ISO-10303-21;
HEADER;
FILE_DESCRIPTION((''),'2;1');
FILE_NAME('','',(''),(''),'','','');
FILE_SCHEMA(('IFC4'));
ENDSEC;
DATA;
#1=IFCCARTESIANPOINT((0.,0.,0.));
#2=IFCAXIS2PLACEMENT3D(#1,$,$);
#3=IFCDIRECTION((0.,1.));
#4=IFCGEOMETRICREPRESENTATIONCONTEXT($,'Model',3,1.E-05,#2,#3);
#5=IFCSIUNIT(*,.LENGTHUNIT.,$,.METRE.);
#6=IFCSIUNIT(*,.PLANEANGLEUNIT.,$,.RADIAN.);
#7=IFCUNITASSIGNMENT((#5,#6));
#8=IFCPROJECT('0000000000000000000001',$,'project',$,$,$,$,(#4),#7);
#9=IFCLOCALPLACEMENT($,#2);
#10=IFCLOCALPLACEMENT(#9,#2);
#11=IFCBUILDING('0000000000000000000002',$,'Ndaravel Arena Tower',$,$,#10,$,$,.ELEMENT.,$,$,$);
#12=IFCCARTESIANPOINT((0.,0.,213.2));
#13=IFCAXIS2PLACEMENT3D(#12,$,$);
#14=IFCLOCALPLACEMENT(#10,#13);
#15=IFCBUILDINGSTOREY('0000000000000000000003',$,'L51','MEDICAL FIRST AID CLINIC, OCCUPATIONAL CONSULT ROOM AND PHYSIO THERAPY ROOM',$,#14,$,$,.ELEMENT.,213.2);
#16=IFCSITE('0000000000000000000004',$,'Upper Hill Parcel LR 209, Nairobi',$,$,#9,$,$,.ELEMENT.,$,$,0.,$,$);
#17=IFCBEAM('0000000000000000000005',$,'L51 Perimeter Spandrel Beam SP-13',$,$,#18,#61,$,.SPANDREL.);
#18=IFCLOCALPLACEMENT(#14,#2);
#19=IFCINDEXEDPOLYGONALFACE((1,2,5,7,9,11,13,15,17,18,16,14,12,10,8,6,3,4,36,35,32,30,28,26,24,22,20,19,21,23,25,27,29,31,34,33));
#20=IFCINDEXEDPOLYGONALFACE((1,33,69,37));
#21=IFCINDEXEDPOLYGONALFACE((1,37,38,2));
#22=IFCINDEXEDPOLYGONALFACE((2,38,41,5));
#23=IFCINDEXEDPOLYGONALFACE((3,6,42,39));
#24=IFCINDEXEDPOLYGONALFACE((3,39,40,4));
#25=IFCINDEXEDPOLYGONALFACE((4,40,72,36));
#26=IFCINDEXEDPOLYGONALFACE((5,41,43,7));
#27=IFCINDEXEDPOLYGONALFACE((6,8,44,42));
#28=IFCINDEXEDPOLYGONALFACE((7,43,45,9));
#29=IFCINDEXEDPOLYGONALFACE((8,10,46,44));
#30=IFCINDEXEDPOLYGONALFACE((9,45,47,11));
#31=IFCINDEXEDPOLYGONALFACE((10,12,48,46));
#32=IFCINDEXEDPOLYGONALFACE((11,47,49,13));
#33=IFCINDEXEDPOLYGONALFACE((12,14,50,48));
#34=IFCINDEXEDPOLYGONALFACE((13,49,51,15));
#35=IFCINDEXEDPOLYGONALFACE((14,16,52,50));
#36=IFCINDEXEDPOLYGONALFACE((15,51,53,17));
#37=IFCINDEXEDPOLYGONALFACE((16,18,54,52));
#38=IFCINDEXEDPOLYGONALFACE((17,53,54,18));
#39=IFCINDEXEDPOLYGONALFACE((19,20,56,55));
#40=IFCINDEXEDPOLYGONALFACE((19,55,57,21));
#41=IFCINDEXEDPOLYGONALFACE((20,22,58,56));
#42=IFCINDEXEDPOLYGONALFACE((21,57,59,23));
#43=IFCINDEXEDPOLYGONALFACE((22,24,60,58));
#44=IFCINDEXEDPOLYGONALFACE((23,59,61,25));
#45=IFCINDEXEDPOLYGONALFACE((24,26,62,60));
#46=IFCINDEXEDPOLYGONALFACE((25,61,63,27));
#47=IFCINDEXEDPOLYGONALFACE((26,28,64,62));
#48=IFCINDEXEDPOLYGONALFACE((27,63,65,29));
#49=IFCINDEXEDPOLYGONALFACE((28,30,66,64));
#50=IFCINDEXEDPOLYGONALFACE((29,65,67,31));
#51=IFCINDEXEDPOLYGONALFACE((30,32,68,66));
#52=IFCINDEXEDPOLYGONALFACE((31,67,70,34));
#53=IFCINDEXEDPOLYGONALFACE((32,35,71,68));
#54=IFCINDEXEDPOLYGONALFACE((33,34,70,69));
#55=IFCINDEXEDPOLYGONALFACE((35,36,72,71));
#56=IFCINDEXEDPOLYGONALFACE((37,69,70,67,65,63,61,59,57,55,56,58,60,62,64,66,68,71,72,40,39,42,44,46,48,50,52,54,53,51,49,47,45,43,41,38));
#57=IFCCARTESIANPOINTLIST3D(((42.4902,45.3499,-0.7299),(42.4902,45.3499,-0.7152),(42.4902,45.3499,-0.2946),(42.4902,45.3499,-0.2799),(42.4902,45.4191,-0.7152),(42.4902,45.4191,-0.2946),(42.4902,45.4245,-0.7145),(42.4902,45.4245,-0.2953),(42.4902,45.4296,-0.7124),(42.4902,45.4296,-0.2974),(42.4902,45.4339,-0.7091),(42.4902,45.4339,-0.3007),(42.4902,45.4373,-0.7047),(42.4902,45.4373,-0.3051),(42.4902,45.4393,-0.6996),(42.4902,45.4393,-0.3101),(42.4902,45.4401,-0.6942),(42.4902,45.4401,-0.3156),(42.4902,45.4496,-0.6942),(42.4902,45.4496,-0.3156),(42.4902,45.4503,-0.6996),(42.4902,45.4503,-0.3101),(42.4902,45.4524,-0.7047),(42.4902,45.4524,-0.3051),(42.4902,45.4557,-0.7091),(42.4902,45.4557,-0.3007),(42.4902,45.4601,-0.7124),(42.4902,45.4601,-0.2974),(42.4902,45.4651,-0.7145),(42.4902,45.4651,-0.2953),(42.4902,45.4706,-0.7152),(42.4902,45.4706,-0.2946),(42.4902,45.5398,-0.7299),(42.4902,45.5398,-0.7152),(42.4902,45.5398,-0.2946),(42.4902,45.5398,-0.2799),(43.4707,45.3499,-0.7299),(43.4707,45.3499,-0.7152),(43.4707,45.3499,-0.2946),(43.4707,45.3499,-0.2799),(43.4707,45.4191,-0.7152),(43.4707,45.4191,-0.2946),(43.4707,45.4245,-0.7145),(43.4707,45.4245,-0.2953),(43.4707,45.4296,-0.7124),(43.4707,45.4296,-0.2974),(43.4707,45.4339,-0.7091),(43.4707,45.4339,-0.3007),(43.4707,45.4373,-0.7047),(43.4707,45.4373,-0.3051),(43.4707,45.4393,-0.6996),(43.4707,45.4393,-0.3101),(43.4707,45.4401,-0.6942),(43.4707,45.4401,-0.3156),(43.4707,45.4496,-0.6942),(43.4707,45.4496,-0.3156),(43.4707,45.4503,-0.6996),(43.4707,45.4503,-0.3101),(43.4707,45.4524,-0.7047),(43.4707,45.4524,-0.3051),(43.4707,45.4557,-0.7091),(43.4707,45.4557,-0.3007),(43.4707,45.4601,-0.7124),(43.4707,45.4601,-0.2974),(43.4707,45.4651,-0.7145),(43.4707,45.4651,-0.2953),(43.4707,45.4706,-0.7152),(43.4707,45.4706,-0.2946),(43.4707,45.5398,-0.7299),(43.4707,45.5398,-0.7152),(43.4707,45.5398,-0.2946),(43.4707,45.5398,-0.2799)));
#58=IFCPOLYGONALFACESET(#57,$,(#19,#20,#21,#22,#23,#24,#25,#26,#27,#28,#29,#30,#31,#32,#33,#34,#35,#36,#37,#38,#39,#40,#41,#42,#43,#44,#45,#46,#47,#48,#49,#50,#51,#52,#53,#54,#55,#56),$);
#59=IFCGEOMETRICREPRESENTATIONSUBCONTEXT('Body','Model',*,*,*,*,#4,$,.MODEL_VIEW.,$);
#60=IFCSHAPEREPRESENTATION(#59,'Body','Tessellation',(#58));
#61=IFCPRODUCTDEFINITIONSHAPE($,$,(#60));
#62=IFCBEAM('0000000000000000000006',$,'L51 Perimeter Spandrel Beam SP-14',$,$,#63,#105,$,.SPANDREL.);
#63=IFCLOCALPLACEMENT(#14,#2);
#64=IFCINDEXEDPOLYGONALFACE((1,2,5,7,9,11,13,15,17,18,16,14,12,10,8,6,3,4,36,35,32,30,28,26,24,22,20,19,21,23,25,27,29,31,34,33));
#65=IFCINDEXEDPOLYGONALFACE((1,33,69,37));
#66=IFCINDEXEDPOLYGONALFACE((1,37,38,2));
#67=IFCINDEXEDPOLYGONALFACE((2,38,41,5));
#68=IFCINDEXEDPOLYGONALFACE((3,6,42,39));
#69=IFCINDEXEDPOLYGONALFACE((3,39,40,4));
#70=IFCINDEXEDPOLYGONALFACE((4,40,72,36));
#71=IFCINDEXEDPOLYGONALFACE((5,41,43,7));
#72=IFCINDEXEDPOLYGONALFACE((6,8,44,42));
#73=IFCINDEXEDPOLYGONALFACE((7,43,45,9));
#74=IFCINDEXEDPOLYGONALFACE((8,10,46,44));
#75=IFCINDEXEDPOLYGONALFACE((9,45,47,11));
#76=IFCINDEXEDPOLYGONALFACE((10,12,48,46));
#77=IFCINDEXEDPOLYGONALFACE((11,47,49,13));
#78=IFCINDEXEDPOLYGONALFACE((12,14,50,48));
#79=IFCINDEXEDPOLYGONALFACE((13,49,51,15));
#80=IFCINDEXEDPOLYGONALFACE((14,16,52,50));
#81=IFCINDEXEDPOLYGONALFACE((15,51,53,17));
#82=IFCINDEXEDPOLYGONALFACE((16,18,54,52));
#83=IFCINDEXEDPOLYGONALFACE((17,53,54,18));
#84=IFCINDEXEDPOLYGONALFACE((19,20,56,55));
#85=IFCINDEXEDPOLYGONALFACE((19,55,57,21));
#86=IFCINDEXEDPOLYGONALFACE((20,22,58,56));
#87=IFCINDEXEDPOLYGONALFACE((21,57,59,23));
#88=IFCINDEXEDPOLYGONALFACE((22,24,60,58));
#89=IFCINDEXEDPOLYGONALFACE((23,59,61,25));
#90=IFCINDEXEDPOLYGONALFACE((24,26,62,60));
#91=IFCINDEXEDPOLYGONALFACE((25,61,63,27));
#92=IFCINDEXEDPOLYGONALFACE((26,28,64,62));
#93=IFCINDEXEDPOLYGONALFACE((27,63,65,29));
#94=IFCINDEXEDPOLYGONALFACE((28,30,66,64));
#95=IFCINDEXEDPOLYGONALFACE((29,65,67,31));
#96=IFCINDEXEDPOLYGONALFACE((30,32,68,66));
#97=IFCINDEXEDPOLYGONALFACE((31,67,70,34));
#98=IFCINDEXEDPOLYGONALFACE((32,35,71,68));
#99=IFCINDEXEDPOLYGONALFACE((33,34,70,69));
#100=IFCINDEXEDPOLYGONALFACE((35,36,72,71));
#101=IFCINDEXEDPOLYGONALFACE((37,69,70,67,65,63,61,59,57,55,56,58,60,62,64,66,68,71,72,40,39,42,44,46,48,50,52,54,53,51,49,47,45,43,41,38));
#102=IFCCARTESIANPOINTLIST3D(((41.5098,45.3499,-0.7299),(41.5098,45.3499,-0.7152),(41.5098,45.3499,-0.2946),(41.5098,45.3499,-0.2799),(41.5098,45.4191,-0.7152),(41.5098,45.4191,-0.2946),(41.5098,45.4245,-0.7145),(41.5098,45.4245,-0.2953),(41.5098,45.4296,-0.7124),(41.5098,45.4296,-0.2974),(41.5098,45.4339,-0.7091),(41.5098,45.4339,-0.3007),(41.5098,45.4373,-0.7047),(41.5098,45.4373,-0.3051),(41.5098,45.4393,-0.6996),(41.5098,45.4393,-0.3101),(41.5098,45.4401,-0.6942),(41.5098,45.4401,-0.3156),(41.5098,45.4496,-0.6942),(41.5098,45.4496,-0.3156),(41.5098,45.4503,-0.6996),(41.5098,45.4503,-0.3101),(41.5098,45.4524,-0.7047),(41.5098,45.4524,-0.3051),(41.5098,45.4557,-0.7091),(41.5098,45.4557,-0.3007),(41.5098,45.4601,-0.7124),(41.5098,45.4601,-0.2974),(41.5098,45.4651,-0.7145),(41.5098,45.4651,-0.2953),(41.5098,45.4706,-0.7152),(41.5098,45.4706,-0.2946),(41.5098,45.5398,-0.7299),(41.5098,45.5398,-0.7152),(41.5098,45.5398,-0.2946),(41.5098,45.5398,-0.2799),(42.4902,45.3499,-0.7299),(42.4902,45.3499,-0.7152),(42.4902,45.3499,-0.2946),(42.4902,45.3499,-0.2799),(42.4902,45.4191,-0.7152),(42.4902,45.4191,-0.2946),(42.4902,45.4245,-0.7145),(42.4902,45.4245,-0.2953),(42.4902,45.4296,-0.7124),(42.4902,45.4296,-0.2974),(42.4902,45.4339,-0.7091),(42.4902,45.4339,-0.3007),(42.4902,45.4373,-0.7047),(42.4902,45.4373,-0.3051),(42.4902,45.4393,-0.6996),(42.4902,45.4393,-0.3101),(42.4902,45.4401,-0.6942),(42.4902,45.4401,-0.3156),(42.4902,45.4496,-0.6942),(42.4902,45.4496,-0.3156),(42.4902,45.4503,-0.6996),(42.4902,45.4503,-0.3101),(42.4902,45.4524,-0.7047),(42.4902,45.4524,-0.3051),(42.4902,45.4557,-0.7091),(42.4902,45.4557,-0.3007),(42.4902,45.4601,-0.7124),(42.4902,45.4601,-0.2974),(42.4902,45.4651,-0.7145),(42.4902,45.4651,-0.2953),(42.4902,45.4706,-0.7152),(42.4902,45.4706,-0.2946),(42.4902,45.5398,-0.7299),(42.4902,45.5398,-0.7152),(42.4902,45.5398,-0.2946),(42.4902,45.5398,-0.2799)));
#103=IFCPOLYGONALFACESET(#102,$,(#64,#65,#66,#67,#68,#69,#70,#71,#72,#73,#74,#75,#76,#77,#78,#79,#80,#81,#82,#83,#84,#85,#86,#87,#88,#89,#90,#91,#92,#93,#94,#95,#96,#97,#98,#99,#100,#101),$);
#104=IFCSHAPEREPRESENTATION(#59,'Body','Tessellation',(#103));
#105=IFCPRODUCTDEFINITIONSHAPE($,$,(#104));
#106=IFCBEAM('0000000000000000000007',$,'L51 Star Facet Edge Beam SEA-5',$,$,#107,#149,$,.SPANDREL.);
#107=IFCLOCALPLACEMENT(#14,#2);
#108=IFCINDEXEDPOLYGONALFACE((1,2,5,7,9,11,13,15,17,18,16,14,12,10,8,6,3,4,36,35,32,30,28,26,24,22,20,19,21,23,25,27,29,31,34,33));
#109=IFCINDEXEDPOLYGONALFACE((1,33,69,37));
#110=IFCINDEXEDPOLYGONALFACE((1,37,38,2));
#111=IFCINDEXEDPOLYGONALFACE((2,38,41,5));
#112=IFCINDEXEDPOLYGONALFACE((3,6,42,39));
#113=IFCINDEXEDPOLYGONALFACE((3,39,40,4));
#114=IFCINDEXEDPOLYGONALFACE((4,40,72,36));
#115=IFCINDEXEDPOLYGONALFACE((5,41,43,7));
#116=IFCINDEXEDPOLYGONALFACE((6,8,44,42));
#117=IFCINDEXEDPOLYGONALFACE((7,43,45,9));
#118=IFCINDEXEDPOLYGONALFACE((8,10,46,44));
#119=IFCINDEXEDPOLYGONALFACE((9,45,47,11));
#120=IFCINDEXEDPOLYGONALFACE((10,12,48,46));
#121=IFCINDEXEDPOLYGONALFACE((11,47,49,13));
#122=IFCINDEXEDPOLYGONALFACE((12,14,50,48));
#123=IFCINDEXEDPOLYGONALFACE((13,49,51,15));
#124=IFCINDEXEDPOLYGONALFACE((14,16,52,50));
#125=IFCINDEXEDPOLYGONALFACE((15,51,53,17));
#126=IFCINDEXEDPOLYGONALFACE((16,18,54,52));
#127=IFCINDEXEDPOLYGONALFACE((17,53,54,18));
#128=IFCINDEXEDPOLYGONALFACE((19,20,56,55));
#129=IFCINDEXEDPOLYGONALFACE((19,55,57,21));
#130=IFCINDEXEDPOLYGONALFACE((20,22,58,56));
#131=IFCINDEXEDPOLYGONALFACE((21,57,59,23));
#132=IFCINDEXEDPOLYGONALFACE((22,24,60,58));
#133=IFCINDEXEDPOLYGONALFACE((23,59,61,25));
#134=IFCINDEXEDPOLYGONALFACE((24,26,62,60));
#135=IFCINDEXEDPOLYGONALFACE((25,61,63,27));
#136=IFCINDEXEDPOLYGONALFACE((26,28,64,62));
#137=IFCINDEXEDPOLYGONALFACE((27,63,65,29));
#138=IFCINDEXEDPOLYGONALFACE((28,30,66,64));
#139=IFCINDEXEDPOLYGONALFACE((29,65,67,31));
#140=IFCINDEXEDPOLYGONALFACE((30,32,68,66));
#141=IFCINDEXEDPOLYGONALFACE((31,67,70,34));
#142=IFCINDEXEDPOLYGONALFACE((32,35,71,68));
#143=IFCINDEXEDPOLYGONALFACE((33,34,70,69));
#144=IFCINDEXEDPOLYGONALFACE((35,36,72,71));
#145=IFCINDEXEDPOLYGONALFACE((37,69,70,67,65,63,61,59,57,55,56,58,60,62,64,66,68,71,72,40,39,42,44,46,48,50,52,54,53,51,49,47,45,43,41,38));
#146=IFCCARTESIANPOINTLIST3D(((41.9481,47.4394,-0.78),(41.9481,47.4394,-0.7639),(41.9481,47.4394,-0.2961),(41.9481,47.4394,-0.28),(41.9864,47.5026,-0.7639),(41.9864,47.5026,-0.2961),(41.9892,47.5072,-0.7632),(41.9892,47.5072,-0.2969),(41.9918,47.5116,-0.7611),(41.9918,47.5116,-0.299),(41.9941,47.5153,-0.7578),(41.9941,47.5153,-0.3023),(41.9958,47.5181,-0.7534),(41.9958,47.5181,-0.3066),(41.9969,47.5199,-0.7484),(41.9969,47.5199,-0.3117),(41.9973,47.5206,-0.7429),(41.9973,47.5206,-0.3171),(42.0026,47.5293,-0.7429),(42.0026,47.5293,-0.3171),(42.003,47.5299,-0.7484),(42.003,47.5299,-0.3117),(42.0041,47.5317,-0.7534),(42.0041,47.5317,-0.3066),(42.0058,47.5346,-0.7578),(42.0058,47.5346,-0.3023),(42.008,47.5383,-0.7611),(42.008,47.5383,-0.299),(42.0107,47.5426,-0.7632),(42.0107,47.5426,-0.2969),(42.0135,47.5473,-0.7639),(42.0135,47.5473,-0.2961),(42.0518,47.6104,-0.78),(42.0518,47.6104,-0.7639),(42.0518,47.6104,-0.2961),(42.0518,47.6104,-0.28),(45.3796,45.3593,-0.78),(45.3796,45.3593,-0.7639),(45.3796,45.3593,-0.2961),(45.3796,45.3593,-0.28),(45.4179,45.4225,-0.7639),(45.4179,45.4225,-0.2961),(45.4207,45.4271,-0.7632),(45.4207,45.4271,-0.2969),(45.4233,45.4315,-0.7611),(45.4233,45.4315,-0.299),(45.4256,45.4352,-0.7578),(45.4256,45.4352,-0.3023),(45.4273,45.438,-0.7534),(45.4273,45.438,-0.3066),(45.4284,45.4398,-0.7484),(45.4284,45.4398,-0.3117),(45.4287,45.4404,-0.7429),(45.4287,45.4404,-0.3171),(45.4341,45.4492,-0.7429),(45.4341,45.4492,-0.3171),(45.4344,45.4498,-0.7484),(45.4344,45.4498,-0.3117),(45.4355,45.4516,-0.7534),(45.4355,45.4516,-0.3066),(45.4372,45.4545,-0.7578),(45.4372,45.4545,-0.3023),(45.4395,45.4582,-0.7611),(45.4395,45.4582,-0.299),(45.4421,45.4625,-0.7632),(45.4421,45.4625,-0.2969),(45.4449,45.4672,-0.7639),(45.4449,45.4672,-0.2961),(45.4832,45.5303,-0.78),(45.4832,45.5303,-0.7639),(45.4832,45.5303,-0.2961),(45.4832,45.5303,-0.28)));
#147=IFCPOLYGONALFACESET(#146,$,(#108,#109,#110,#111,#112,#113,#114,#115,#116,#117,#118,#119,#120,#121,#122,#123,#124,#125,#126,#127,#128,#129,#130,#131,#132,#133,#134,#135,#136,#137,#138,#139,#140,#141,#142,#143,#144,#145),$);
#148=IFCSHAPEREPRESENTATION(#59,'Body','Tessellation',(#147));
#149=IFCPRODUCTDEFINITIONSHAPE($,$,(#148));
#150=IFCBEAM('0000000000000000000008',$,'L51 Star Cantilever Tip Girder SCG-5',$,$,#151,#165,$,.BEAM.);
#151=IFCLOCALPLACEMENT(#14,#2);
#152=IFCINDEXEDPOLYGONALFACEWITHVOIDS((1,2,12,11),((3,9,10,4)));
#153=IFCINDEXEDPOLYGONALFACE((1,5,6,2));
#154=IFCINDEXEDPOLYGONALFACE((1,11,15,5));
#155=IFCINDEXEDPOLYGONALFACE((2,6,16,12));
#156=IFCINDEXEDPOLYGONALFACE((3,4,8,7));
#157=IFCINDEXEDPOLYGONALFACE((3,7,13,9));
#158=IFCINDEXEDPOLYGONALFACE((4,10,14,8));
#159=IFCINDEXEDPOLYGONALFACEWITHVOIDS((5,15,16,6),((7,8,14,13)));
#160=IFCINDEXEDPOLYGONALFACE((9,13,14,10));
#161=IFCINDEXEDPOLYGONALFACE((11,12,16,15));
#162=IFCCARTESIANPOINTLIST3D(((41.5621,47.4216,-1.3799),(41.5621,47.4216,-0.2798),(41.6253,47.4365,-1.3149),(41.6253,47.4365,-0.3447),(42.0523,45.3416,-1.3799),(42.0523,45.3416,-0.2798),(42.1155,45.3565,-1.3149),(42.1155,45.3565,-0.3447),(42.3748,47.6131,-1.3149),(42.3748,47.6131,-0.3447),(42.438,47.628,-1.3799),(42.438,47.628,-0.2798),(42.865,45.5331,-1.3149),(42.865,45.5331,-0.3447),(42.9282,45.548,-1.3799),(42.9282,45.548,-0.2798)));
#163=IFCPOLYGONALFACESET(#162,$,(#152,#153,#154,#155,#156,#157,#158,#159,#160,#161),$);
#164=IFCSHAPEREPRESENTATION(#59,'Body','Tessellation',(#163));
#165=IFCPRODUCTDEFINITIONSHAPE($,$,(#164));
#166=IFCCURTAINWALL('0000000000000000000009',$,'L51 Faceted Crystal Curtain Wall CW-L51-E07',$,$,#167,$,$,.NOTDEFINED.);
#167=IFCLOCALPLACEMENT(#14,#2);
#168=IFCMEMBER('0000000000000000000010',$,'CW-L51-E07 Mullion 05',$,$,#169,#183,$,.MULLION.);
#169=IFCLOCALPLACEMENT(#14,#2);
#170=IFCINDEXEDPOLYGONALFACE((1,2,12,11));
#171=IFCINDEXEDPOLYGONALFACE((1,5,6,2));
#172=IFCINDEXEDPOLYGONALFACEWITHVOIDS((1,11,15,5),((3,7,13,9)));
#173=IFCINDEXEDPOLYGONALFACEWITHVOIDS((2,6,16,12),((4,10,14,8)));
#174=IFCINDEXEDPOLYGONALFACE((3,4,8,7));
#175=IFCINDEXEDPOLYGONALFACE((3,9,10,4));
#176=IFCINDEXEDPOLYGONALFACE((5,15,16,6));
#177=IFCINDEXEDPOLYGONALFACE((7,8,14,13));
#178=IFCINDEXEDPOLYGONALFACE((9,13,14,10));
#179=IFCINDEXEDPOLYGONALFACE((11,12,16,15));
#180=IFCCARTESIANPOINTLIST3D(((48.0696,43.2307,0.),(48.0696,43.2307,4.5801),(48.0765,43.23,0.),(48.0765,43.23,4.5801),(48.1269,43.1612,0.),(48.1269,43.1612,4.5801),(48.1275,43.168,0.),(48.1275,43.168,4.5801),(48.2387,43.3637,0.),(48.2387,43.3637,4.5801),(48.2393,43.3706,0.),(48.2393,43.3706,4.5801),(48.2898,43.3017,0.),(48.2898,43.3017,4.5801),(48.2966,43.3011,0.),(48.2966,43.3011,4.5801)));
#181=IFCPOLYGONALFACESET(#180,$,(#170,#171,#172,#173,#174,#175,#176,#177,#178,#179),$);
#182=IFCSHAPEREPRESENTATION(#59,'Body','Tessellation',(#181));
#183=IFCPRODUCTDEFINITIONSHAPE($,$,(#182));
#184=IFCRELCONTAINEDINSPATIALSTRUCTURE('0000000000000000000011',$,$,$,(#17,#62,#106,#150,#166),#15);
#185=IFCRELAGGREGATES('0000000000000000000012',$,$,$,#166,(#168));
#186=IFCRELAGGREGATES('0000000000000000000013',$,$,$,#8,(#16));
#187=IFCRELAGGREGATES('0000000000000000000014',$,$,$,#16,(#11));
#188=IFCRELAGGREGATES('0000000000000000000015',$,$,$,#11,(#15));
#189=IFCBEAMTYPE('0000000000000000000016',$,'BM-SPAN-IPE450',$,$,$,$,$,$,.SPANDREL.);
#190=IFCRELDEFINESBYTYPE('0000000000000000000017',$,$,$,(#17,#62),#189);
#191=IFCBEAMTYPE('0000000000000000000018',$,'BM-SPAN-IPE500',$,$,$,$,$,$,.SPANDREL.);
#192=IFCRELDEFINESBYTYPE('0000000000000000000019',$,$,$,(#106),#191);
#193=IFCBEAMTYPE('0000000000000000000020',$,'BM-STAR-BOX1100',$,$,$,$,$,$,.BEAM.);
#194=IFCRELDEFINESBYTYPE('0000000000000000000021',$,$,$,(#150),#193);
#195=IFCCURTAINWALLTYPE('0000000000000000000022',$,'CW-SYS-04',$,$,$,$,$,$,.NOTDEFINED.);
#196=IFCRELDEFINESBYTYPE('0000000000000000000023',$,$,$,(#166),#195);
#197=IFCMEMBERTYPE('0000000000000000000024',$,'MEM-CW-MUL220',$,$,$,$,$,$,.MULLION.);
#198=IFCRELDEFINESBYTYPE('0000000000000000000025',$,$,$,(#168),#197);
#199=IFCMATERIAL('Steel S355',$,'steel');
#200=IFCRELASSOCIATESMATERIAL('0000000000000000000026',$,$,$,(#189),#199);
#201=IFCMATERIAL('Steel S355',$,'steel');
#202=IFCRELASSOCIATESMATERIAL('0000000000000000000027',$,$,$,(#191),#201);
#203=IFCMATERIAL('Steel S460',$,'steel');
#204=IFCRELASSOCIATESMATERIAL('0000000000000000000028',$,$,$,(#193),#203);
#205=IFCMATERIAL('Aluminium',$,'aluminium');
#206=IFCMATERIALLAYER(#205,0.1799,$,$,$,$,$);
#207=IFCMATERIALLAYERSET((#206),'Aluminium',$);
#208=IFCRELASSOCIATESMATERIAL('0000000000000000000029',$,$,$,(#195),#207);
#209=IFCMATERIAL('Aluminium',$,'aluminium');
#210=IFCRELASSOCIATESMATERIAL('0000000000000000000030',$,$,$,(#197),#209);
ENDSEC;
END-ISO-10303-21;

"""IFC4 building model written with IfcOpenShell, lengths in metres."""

from ifc_helpers import new_model, si_unit, direction, frame, origin, origin_2d, place, context, subcontext, project, spatial, hollow_rectangle, i_section, extrude, material, layer, layer_set, material_profile, profile_set, type_object, element, aggregate, save


model = new_model("IFC4")

# Units and contexts
model_context = context("Model", 3, precision=1e-05, world=origin(), true_north=direction((0.0, 1.0)))
body_context = subcontext(model_context, "Body", "Model", "MODEL_VIEW")
ifc_project = project(units=[si_unit("LENGTHUNIT", "METRE"), si_unit("PLANEANGLEUNIT", "RADIAN")], contexts=[model_context])

# Site, building, storey
site_placement = place(None, origin())
site = spatial("IfcSite", under=ifc_project, at=site_placement, Name="Upper Hill Parcel LR 209, Nairobi", CompositionType="ELEMENT", RefElevation=0.0)
building_placement = place(site_placement, origin())
building = spatial("IfcBuilding", under=site, at=building_placement, Name="Ndaravel Arena Tower", CompositionType="ELEMENT")
storey_placement = place(building_placement, frame((0.0, 0.0, 213.2)))
storey = spatial("IfcBuildingStorey", under=building, at=storey_placement, Name="L51", Description="MEDICAL FIRST AID CLINIC, OCCUPATIONAL CONSULT ROOM AND PHYSIO THERAPY ROOM", CompositionType="ELEMENT", Elevation=213.2)

# Beams
ifc_material_1 = material(Name="Steel S355", Category="steel")
ifc_material_profile_1 = material_profile(ifc_material_1, i_section(OverallWidth=0.1899, OverallDepth=0.45, WebThickness=0.0095, FlangeThickness=0.0146, FilletRadius=0.021, at=origin_2d()), Name="IPE 450")
ifc_profile_set_1 = profile_set([ifc_material_profile_1], Name="Steel S355")
beam_type_1 = type_object("IfcBeamType", Name="BM-SPAN-IPE450", PredefinedType="SPANDREL", material=ifc_profile_set_1)
for number, where, z_axis, x_axis, name in (
    (1, (43.4707, 45.4448, -0.5049), (-1.0, 0.0, 0.0), (0.0, -1.0, 0.0), "L51 Perimeter Spandrel Beam SP-13"),
    (2, (42.4902, 45.4448, -0.5049), (-1.0, 0.0, 0.0), (0.0, -1.0, 0.0), "L51 Perimeter Spandrel Beam SP-14"),
):
    element("IfcBeam", number, at=place(storey_placement, frame(where, z_axis=z_axis, x_axis=x_axis)), inside=storey, type_object=beam_type_1, Name=name, PredefinedType="SPANDREL", context=body_context, shape_type="SweptSolid", body=[
        extrude(i_section(OverallWidth=0.1899, OverallDepth=0.45, WebThickness=0.0095, FlangeThickness=0.0146, FilletRadius=0.021, at=origin_2d()), origin(), (0.0, 0.0, 1.0), 0.9805),
    ])
ifc_material_2 = material(Name="Steel S355", Category="steel")
ifc_material_profile_2 = material_profile(ifc_material_2, i_section(OverallWidth=0.2, OverallDepth=0.5, WebThickness=0.0103, FlangeThickness=0.0161, FilletRadius=0.021, at=origin_2d()), Name="IPE 500")
ifc_profile_set_2 = profile_set([ifc_material_profile_2], Name="Steel S355")
beam_type_2 = type_object("IfcBeamType", Name="BM-SPAN-IPE500", PredefinedType="SPANDREL", material=ifc_profile_set_2)
beam_1_placement = place(storey_placement, frame((45.4314, 45.4448, -0.53), z_axis=(-0.855149, 0.518383, 0.0), x_axis=(-0.518383, -0.855149, 0.0)))
element("IfcBeam", 3, at=beam_1_placement, inside=storey, type_object=beam_type_2, Name="L51 Star Facet Edge Beam SEA-5", PredefinedType="SPANDREL", context=body_context, shape_type="SweptSolid", body=[
    extrude(i_section(OverallWidth=0.2, OverallDepth=0.5, WebThickness=0.0103, FlangeThickness=0.0161, FilletRadius=0.021, at=origin_2d()), origin(), (0.0, 0.0, 1.0), 4.0127),
])
ifc_material_3 = material(Name="Steel S460", Category="steel")
ifc_material_profile_3 = material_profile(ifc_material_3, hollow_rectangle(XDim=0.8999, YDim=1.1001, WallThickness=0.0649, at=origin_2d()), Name="BOX 1100x900x65")
ifc_profile_set_3 = profile_set([ifc_material_profile_3], Name="Steel S460")
beam_type_3 = type_object("IfcBeamType", Name="BM-STAR-BOX1100", PredefinedType="BEAM", material=ifc_profile_set_3)
beam_2_placement = place(storey_placement, frame((42.4902, 45.4448, -0.8298), z_axis=(-0.229396, 0.973333, 0.0), x_axis=(-0.973333, -0.229396, 0.0)))
element("IfcBeam", 4, at=beam_2_placement, inside=storey, type_object=beam_type_3, Name="L51 Star Cantilever Tip Girder SCG-5", PredefinedType="BEAM", context=body_context, shape_type="SweptSolid", body=[
    extrude(hollow_rectangle(XDim=0.8999, YDim=1.1001, WallThickness=0.0649, at=origin_2d()), origin(), (0.0, 0.0, 1.0), 2.137),
])

# Curtain wall, member
ifc_material_4 = material(Name="Aluminium", Category="aluminium")
ifc_layer_1 = layer(ifc_material_4, 0.1799)
ifc_layer_set_1 = layer_set([ifc_layer_1], Name="Aluminium")
curtain_wall_type = type_object("IfcCurtainWallType", Name="CW-SYS-04", PredefinedType="NOTDEFINED", material=ifc_layer_set_1)
curtain_wall_1_placement = place(storey_placement, origin())
curtain_wall_1 = element("IfcCurtainWall", 5, at=curtain_wall_1_placement, inside=storey, type_object=curtain_wall_type, Name="L51 Faceted Crystal Curtain Wall CW-L51-E07", PredefinedType="NOTDEFINED")
ifc_material_5 = material(Name="Aluminium", Category="aluminium")
ifc_material_profile_4 = material_profile(ifc_material_5, hollow_rectangle(XDim=0.0901, YDim=0.22, WallThickness=0.0049, at=origin_2d()), Name="CW MULLION 90x220x5")
ifc_profile_set_4 = profile_set([ifc_material_profile_4], Name="Aluminium")
member_type_1 = type_object("IfcMemberType", Name="MEM-CW-MUL220", PredefinedType="MULLION", material=ifc_profile_set_4)
member_1_placement = place(storey_placement, frame((48.1831, 43.2659, 0.0), z_axis=(0.0, 0.0, 1.0), x_axis=(-0.636024, 0.771669, 0.0)))
member_1 = element("IfcMember", 6, at=member_1_placement, type_object=member_type_1, Name="CW-L51-E07 Mullion 05", PredefinedType="MULLION", context=body_context, shape_type="SweptSolid", body=[
    extrude(hollow_rectangle(XDim=0.0901, YDim=0.22, WallThickness=0.0049, at=origin_2d()), origin(), (0.0, 0.0, 1.0), 4.5801),
])

aggregate(curtain_wall_1, [member_1])

save(model, "model.ifc")
